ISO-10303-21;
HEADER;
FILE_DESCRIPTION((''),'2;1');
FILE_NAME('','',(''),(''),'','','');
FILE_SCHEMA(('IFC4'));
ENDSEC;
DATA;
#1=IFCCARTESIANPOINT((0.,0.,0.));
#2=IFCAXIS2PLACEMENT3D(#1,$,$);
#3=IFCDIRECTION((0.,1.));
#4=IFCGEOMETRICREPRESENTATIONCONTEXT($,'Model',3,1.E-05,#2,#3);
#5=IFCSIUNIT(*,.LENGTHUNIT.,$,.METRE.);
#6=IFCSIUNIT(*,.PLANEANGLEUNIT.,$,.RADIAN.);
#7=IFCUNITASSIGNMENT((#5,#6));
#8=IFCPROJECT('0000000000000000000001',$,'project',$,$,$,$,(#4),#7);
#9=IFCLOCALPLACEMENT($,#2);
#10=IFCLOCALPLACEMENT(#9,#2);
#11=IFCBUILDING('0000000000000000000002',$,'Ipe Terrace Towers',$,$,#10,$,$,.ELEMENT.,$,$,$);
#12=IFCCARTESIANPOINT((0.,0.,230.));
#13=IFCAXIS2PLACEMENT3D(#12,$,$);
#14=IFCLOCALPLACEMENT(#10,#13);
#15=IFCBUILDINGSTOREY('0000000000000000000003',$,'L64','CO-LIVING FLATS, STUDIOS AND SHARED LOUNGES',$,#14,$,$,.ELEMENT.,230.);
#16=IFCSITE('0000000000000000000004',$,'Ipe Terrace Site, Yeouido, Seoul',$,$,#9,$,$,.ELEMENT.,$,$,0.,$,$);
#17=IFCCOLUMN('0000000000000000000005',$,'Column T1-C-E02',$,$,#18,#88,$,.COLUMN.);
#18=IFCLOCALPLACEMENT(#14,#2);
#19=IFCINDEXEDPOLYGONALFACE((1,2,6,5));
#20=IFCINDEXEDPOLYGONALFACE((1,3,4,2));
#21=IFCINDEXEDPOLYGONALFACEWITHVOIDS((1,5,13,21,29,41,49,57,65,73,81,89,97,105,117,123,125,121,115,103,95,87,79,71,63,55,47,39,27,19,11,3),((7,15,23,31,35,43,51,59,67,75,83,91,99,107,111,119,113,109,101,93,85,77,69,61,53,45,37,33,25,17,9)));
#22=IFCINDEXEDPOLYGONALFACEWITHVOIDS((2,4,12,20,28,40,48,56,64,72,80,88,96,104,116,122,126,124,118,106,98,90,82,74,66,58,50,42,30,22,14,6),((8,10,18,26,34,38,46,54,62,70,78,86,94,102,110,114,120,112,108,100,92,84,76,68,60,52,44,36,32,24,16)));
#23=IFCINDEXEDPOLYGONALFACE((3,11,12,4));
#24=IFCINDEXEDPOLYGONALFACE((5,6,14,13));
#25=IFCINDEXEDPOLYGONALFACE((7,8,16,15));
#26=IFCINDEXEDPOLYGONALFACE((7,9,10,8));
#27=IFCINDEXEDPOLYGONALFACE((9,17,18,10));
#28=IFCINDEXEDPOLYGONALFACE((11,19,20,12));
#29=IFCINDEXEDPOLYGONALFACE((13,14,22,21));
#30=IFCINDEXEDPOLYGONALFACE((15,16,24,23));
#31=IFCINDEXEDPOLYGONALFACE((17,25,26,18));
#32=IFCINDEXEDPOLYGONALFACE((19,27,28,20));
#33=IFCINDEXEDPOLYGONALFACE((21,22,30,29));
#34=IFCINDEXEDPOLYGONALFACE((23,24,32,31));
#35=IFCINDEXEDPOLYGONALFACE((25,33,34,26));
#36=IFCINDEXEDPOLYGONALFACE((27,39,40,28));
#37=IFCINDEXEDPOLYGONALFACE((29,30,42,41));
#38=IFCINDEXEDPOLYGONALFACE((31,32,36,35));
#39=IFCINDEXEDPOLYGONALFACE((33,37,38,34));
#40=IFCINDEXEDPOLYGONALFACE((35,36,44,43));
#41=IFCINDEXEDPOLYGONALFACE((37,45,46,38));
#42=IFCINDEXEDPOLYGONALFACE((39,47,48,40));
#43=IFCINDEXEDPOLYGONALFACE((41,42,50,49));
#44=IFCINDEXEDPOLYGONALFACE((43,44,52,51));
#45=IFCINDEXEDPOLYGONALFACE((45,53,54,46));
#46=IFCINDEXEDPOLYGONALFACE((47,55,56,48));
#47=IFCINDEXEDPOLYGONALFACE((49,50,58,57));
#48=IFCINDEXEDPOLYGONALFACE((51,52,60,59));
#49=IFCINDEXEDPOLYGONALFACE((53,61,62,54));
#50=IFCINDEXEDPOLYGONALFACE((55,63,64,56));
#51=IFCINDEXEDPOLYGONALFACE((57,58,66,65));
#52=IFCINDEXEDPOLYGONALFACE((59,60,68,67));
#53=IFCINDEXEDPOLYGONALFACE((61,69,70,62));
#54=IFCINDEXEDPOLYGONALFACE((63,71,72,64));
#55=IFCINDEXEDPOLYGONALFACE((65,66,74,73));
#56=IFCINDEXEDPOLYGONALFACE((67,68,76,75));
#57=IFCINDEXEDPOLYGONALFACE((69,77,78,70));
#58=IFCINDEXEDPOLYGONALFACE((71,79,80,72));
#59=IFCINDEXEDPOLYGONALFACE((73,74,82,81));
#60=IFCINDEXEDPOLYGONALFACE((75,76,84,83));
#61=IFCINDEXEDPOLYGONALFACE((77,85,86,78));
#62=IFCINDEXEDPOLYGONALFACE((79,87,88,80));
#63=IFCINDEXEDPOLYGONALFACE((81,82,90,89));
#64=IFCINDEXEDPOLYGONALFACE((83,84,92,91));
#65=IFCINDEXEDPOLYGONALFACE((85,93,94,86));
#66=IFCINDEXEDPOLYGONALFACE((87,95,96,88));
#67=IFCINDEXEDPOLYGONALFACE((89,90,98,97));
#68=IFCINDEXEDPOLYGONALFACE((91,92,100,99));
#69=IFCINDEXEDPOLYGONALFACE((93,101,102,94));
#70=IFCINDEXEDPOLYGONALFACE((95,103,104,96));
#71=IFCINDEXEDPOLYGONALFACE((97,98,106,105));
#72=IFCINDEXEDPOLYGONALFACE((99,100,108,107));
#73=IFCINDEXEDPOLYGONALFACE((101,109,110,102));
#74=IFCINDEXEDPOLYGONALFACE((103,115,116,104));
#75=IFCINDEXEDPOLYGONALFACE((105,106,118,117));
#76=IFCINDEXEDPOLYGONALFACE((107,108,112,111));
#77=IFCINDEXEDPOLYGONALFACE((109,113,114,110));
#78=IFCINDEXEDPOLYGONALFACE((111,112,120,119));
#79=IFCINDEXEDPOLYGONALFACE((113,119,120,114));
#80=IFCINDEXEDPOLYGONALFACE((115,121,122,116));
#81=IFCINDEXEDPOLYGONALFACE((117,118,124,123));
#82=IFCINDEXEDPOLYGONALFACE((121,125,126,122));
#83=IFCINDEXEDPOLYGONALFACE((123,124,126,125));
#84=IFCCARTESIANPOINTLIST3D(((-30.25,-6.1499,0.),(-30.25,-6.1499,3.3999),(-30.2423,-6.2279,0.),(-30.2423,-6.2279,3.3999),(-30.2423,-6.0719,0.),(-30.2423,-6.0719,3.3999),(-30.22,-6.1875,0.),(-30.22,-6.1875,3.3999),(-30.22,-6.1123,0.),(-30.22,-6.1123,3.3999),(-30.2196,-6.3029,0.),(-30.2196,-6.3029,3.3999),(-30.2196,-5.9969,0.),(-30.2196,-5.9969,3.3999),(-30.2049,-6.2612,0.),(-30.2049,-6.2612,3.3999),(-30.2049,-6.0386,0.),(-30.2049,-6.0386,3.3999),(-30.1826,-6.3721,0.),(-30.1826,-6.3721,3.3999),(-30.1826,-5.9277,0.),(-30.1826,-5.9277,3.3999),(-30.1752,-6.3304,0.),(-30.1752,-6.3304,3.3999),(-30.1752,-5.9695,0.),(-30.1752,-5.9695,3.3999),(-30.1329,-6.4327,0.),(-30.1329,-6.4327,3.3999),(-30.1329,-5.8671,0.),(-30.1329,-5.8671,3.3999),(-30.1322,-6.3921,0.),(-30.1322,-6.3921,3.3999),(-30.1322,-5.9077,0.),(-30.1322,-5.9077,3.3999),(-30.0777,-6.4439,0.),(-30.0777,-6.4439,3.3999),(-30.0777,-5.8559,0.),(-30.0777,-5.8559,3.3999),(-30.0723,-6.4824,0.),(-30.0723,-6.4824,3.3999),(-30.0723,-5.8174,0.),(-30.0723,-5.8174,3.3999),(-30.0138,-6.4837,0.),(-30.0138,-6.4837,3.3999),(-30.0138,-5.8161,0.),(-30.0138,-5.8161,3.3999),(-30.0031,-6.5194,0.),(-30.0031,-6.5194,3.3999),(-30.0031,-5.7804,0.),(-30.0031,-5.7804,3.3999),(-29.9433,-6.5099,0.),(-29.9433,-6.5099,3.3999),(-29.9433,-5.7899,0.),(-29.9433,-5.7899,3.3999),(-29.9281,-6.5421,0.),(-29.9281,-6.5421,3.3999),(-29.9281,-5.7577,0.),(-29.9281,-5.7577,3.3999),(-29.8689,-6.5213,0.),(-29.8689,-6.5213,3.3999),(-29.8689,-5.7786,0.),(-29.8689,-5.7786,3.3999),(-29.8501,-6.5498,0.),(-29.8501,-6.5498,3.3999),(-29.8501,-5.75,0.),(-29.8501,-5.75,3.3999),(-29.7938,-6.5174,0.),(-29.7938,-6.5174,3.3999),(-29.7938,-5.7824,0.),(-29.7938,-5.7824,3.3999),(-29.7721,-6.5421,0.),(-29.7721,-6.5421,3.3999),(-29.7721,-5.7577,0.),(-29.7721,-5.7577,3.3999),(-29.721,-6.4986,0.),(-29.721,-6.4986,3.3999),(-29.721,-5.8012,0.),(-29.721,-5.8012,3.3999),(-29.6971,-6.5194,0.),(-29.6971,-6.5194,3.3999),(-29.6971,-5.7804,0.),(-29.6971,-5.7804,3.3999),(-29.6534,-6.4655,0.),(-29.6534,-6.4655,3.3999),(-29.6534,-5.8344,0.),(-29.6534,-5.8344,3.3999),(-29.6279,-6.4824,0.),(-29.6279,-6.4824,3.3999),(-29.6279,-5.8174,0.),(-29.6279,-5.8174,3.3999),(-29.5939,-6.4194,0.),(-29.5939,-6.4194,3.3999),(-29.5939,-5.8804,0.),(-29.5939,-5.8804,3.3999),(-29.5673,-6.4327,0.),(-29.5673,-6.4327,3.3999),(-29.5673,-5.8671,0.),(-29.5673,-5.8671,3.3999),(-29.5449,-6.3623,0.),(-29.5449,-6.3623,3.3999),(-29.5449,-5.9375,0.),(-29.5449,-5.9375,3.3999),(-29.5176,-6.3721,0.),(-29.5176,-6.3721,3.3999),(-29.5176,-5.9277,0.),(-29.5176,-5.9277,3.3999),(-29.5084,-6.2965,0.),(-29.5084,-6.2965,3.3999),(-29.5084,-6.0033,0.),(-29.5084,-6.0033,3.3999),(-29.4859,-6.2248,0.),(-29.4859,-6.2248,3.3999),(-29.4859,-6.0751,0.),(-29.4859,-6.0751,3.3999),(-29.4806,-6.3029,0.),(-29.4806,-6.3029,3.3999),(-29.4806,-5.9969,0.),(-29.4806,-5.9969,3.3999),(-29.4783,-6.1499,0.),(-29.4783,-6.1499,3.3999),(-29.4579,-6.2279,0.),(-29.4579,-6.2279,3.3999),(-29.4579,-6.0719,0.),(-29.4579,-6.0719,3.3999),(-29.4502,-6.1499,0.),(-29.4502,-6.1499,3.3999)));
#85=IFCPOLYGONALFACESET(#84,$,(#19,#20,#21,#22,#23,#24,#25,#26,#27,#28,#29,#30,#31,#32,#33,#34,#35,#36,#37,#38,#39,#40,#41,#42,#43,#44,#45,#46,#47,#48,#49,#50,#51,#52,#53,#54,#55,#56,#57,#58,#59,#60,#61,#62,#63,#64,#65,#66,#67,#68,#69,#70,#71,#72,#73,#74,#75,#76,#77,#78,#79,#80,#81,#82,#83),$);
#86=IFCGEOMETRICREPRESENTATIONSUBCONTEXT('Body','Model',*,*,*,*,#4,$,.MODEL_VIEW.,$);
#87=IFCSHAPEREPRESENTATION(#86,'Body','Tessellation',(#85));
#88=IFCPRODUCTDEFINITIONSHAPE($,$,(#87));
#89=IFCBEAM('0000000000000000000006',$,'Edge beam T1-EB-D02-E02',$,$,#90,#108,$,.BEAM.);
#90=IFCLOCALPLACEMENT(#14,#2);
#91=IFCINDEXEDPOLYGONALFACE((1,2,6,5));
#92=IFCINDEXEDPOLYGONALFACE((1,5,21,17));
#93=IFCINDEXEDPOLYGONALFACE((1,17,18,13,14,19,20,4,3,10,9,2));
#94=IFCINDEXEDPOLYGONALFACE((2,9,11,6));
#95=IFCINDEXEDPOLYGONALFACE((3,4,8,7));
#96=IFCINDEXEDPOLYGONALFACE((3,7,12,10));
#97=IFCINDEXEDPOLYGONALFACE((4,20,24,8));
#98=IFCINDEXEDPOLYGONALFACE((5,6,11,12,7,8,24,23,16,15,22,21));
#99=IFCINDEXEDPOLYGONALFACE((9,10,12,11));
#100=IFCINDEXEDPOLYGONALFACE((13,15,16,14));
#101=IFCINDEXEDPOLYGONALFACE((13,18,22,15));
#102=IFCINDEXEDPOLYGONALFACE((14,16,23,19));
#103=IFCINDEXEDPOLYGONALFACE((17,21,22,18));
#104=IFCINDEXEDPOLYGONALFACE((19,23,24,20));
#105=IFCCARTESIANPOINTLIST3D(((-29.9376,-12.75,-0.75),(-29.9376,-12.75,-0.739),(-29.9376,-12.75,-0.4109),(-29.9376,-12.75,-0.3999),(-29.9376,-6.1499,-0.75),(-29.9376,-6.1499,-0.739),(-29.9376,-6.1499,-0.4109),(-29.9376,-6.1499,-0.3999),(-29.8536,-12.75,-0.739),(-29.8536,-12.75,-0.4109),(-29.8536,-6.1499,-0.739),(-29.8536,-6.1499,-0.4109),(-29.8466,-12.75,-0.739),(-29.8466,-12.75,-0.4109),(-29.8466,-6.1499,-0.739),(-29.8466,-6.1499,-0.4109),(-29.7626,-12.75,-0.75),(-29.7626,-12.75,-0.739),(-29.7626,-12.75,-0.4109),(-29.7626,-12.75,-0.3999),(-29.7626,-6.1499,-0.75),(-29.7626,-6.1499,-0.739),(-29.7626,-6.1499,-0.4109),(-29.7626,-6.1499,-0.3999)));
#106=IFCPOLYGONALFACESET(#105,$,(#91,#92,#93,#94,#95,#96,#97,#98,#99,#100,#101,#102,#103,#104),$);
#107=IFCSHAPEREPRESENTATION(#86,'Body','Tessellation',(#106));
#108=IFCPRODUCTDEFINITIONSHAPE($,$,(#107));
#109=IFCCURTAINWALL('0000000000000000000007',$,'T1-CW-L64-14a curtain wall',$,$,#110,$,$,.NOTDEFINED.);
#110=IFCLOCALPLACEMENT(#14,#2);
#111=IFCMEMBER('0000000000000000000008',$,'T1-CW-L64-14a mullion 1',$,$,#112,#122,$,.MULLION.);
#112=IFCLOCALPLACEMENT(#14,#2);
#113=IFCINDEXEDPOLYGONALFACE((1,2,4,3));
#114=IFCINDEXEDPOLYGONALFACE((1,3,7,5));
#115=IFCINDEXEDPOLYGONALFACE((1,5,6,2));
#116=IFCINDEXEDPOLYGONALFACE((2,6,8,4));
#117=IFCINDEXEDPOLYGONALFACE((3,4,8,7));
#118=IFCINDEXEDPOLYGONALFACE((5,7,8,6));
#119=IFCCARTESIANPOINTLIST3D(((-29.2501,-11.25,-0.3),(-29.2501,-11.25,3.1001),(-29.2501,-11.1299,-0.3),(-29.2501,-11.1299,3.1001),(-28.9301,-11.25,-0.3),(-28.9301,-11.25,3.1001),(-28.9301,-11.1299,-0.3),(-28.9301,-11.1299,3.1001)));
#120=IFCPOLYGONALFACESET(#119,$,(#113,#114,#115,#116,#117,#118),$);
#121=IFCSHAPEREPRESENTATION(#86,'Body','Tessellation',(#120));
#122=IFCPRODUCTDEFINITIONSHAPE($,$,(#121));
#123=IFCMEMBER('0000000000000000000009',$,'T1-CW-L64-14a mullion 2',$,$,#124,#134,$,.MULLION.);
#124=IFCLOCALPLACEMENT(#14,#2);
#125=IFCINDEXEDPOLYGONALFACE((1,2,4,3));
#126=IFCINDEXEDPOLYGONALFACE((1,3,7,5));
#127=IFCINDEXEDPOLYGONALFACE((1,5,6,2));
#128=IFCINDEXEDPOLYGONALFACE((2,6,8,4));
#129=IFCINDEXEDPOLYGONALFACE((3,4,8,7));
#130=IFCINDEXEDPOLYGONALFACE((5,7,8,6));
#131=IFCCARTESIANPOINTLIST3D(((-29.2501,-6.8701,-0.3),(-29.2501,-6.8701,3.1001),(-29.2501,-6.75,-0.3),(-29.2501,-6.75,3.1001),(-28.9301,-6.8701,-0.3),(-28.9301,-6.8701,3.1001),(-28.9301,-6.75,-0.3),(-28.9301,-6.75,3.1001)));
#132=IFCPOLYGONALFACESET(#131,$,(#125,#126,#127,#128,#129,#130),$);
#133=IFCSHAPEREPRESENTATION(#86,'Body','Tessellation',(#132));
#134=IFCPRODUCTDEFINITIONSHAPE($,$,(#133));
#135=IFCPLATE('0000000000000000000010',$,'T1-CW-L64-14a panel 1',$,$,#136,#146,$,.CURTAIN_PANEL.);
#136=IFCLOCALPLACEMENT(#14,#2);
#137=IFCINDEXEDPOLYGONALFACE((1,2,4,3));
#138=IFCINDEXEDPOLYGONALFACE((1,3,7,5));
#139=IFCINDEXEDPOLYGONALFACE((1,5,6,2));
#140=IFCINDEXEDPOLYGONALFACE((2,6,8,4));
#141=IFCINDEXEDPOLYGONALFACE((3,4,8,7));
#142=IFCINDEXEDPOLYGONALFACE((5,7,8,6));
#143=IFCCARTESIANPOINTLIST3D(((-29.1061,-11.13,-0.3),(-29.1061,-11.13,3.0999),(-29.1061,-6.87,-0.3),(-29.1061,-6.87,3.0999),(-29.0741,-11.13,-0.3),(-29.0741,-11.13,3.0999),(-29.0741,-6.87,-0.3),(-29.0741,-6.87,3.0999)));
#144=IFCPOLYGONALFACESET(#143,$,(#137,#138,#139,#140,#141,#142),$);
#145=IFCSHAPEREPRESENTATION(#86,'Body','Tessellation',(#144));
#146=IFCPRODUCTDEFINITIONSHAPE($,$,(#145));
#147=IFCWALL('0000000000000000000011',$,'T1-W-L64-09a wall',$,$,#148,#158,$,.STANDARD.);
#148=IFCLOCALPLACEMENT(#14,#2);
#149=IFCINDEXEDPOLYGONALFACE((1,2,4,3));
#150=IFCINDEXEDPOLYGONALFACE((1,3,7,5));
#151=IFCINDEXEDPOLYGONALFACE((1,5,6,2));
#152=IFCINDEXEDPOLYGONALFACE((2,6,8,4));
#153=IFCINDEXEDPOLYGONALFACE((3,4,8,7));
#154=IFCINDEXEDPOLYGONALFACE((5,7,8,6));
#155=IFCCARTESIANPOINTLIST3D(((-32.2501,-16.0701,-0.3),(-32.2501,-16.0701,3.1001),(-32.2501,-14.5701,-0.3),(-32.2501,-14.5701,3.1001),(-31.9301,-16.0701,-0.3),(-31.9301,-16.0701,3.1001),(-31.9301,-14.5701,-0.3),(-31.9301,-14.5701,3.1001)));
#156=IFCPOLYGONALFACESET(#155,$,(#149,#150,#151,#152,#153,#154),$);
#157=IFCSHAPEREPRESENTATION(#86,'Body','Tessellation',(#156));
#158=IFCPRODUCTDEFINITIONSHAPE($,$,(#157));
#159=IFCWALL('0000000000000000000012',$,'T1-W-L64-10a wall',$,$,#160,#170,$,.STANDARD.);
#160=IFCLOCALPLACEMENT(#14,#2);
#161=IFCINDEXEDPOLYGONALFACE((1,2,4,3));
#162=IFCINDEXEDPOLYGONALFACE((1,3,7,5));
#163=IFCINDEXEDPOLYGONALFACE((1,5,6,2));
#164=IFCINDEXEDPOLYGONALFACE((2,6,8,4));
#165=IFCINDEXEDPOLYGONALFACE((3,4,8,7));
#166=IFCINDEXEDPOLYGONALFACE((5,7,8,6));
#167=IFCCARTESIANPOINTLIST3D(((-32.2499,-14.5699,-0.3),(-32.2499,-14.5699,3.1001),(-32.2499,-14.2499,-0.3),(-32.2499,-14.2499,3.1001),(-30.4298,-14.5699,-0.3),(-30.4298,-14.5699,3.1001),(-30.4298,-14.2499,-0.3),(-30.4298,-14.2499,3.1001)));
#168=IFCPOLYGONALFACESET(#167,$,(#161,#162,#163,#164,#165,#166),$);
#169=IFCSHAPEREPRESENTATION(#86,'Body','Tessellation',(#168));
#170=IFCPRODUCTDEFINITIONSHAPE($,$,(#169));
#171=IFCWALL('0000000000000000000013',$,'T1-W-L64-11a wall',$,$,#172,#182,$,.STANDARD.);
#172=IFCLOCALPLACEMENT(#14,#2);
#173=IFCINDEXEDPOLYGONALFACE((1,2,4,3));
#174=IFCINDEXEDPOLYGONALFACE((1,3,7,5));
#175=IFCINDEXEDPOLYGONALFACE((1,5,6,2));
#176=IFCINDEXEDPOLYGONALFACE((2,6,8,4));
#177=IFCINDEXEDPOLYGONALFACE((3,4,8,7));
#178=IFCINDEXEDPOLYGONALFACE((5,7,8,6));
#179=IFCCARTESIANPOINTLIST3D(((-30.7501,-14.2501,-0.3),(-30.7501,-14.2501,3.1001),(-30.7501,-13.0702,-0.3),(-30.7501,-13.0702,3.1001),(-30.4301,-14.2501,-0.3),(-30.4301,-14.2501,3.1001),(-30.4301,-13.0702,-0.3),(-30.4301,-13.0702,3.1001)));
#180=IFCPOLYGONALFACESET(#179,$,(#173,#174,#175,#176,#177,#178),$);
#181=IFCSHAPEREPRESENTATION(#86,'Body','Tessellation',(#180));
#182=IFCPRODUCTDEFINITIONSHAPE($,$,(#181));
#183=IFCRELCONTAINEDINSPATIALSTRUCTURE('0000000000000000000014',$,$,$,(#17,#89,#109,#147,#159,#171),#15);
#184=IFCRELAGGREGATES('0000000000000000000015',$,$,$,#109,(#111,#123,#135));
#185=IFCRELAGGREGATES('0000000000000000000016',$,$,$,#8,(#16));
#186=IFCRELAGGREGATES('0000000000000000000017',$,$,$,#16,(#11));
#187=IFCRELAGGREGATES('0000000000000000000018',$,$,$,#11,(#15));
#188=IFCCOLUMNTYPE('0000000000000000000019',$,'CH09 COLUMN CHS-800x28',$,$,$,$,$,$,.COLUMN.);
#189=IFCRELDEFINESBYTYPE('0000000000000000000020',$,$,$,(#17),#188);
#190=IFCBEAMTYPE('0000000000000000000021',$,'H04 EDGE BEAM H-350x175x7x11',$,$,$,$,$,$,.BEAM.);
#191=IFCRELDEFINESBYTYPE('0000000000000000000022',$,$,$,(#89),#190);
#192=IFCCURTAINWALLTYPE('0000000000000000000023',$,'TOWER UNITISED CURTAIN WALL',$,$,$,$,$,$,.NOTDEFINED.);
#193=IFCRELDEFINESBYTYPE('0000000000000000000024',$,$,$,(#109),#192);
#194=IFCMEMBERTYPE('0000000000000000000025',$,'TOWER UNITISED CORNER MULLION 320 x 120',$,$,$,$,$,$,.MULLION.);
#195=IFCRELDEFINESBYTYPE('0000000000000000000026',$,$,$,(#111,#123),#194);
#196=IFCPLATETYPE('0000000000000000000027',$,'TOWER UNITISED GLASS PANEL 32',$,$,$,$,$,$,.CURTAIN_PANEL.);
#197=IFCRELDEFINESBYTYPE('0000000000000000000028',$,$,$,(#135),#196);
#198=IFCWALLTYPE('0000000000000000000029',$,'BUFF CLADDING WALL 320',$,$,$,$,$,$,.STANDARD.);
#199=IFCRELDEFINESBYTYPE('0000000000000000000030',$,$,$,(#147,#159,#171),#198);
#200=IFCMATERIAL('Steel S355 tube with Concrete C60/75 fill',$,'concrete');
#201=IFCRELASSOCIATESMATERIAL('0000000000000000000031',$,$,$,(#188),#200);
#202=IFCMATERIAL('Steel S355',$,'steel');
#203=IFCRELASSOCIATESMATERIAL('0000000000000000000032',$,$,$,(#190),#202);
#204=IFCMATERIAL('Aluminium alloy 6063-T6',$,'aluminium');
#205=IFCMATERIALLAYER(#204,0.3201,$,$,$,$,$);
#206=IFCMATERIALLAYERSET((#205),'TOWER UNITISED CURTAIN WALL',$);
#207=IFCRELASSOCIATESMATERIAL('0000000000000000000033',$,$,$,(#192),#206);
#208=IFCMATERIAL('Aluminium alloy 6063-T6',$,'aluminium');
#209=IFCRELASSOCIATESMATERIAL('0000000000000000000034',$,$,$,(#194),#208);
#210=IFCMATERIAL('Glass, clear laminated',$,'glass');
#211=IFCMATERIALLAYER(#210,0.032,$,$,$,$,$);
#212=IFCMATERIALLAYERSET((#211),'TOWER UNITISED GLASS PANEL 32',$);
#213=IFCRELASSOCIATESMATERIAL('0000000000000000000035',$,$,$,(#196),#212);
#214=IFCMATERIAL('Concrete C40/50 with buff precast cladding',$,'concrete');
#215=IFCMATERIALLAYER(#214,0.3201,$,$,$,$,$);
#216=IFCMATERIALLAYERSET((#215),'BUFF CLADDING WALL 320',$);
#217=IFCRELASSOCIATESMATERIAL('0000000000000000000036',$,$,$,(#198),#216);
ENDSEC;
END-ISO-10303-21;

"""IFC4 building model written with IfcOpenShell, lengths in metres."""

from ifc_helpers import new_model, si_unit, direction, frame, frame_2d, origin, origin_2d, place, context, subcontext, project, spatial, rectangle, hollow_circle, i_section, extrude, material, layer, layer_set, material_profile, profile_set, type_object, element, aggregate, save


model = new_model("IFC4")

# Units and contexts
model_context = context("Model", 3, precision=1e-05, world=origin(), true_north=direction((0.0, 1.0)))
body_context = subcontext(model_context, "Body", "Model", "MODEL_VIEW")
ifc_project = project(units=[si_unit("LENGTHUNIT", "METRE"), si_unit("PLANEANGLEUNIT", "RADIAN")], contexts=[model_context])

# Site, building, storey
site_placement = place(None, origin())
site = spatial("IfcSite", under=ifc_project, at=site_placement, Name="Ipe Terrace Site, Yeouido, Seoul", CompositionType="ELEMENT", RefElevation=0.0)
building_placement = place(site_placement, origin())
building = spatial("IfcBuilding", under=site, at=building_placement, Name="Ipe Terrace Towers", CompositionType="ELEMENT")
storey_placement = place(building_placement, frame((0.0, 0.0, 230.0)))
storey = spatial("IfcBuildingStorey", under=building, at=storey_placement, Name="L64", Description="CO-LIVING FLATS, STUDIOS AND SHARED LOUNGES", CompositionType="ELEMENT", Elevation=230.0)

# Column
ifc_material_1 = material(Name="Steel S355 tube with Concrete C60/75 fill", Category="concrete")
ifc_material_profile_1 = material_profile(ifc_material_1, hollow_circle(Radius=0.3999, WallThickness=0.0281, at=origin_2d()), Name="CHS-800x28")
ifc_profile_set_1 = profile_set([ifc_material_profile_1], Name="Steel S355 tube with Concrete C60/75 fill")
column_type_1 = type_object("IfcColumnType", Name="CH09 COLUMN CHS-800x28", PredefinedType="COLUMN", material=ifc_profile_set_1)
column_placement = place(storey_placement, frame((-29.8501, -6.1499, 0.0), z_axis=(0.0, 0.0, 1.0), x_axis=(1.0, 0.0, 0.0)))
element("IfcColumn", 1, at=column_placement, inside=storey, type_object=column_type_1, Name="Column T1-C-E02", PredefinedType="COLUMN", context=body_context, shape_type="SweptSolid", body=[
    extrude(hollow_circle(Radius=0.3999, WallThickness=0.0281, at=origin_2d()), origin(), (0.0, 0.0, 1.0), 3.3999),
])

# Beam
ifc_material_2 = material(Name="Steel S355", Category="steel")
ifc_material_profile_2 = material_profile(ifc_material_2, i_section(OverallWidth=0.175, OverallDepth=0.3501, WebThickness=0.0071, FlangeThickness=0.011, at=origin_2d()), Name="H-350x175x7x11")
ifc_profile_set_2 = profile_set([ifc_material_profile_2], Name="Steel S355")
beam_type = type_object("IfcBeamType", Name="H04 EDGE BEAM H-350x175x7x11", PredefinedType="BEAM", material=ifc_profile_set_2)
beam_placement = place(storey_placement, frame((-29.8501, -12.75, -0.575), z_axis=(0.0, 1.0, 0.0), x_axis=(-1.0, 0.0, 0.0)))
element("IfcBeam", 2, at=beam_placement, inside=storey, type_object=beam_type, Name="Edge beam T1-EB-D02-E02", PredefinedType="BEAM", context=body_context, shape_type="SweptSolid", body=[
    extrude(i_section(OverallWidth=0.175, OverallDepth=0.3501, WebThickness=0.0071, FlangeThickness=0.011, at=origin_2d()), origin(), (0.0, 0.0, 1.0), 6.6001),
])

# Curtain wall, members, plate
ifc_material_3 = material(Name="Aluminium alloy 6063-T6", Category="aluminium")
ifc_layer_1 = layer(ifc_material_3, 0.3201)
ifc_layer_set_1 = layer_set([ifc_layer_1], Name="TOWER UNITISED CURTAIN WALL")
curtain_wall_type = type_object("IfcCurtainWallType", Name="TOWER UNITISED CURTAIN WALL", PredefinedType="NOTDEFINED", material=ifc_layer_set_1)
curtain_wall_placement = place(storey_placement, origin())
curtain_wall = element("IfcCurtainWall", 3, at=curtain_wall_placement, inside=storey, type_object=curtain_wall_type, Name="T1-CW-L64-14a curtain wall", PredefinedType="NOTDEFINED")
ifc_material_4 = material(Name="Aluminium alloy 6063-T6", Category="aluminium")
ifc_material_profile_3 = material_profile(ifc_material_4, rectangle(XDim=0.3201, YDim=0.1201, at=origin_2d()), Name="TOWER UNITISED CORNER MULLION 320 x 120")
ifc_profile_set_3 = profile_set([ifc_material_profile_3], Name="Aluminium alloy 6063-T6")
member_type = type_object("IfcMemberType", Name="TOWER UNITISED CORNER MULLION 320 x 120", PredefinedType="MULLION", material=ifc_profile_set_3)
member_1_placement = place(storey_placement, frame((-29.0901, -11.1899, -0.3), z_axis=(0.0, 0.0, 1.0), x_axis=(1.0, 0.0, 0.0)))
member_1 = element("IfcMember", 4, at=member_1_placement, type_object=member_type, Name="T1-CW-L64-14a mullion 1", PredefinedType="MULLION", context=body_context, shape_type="SweptSolid", body=[
    extrude(rectangle(XDim=0.3201, YDim=0.1201, at=origin_2d()), origin(), (0.0, 0.0, 1.0), 3.4001),
])
member_2_placement = place(storey_placement, frame((-29.0901, -6.8101, -0.3), z_axis=(0.0, 0.0, 1.0), x_axis=(1.0, 0.0, 0.0)))
member_2 = element("IfcMember", 5, at=member_2_placement, type_object=member_type, Name="T1-CW-L64-14a mullion 2", PredefinedType="MULLION", context=body_context, shape_type="SweptSolid", body=[
    extrude(rectangle(XDim=0.3201, YDim=0.1201, at=origin_2d()), origin(), (0.0, 0.0, 1.0), 3.4001),
])
ifc_material_5 = material(Name="Glass, clear laminated", Category="glass")
ifc_layer_2 = layer(ifc_material_5, 0.032)
ifc_layer_set_2 = layer_set([ifc_layer_2], Name="TOWER UNITISED GLASS PANEL 32")
plate_type = type_object("IfcPlateType", Name="TOWER UNITISED GLASS PANEL 32", PredefinedType="CURTAIN_PANEL", material=ifc_layer_set_2)
plate_placement = place(storey_placement, frame((-29.0901, -9.0, -0.3), z_axis=(0.0, 0.0, 1.0), x_axis=(0.0, 1.0, 0.0)))
plate = element("IfcPlate", 6, at=plate_placement, type_object=plate_type, Name="T1-CW-L64-14a panel 1", PredefinedType="CURTAIN_PANEL", context=body_context, shape_type="SweptSolid", body=[
    extrude(rectangle(XDim=4.26, YDim=0.032, at=origin_2d()), origin(), (0.0, 0.0, 1.0), 3.3999),
])
aggregate(curtain_wall, [member_1, member_2, plate])

# Walls
ifc_material_6 = material(Name="Concrete C40/50 with buff precast cladding", Category="concrete")
ifc_layer_3 = layer(ifc_material_6, 0.3201)
ifc_layer_set_3 = layer_set([ifc_layer_3], Name="BUFF CLADDING WALL 320")
wall_type_1 = type_object("IfcWallType", Name="BUFF CLADDING WALL 320", PredefinedType="STANDARD", material=ifc_layer_set_3)
wall_1_placement = place(storey_placement, frame((-32.0901, -16.0701, -0.3), z_axis=(0.0, 0.0, 1.0), x_axis=(0.0, 1.0, 0.0)))
element("IfcWall", 7, at=wall_1_placement, inside=storey, type_object=wall_type_1, Name="T1-W-L64-09a wall", PredefinedType="STANDARD", context=body_context, shape_type="SweptSolid", body=[
    extrude(rectangle(XDim=1.5, YDim=0.3201, at=frame_2d((0.75, 0.0))), origin(), (0.0, 0.0, 1.0), 3.4001),
])
wall_2_placement = place(storey_placement, frame((-32.25, -14.4099, -0.3), z_axis=(0.0, 0.0, 1.0), x_axis=(1.0, 0.0, 0.0)))
element("IfcWall", 8, at=wall_2_placement, inside=storey, type_object=wall_type_1, Name="T1-W-L64-10a wall", PredefinedType="STANDARD", context=body_context, shape_type="SweptSolid", body=[
    extrude(rectangle(XDim=1.8201, YDim=0.3201, at=frame_2d((0.9102, 0.0))), origin(), (0.0, 0.0, 1.0), 3.4001),
])
wall_3_placement = place(storey_placement, frame((-30.5901, -14.25, -0.3), z_axis=(0.0, 0.0, 1.0), x_axis=(0.0, 1.0, 0.0)))
element("IfcWall", 9, at=wall_3_placement, inside=storey, type_object=wall_type_1, Name="T1-W-L64-11a wall", PredefinedType="STANDARD", context=body_context, shape_type="SweptSolid", body=[
    extrude(rectangle(XDim=1.1799, YDim=0.3201, at=frame_2d((0.5898, 0.0))), origin(), (0.0, 0.0, 1.0), 3.4001),
])

save(model, "model.ifc")
